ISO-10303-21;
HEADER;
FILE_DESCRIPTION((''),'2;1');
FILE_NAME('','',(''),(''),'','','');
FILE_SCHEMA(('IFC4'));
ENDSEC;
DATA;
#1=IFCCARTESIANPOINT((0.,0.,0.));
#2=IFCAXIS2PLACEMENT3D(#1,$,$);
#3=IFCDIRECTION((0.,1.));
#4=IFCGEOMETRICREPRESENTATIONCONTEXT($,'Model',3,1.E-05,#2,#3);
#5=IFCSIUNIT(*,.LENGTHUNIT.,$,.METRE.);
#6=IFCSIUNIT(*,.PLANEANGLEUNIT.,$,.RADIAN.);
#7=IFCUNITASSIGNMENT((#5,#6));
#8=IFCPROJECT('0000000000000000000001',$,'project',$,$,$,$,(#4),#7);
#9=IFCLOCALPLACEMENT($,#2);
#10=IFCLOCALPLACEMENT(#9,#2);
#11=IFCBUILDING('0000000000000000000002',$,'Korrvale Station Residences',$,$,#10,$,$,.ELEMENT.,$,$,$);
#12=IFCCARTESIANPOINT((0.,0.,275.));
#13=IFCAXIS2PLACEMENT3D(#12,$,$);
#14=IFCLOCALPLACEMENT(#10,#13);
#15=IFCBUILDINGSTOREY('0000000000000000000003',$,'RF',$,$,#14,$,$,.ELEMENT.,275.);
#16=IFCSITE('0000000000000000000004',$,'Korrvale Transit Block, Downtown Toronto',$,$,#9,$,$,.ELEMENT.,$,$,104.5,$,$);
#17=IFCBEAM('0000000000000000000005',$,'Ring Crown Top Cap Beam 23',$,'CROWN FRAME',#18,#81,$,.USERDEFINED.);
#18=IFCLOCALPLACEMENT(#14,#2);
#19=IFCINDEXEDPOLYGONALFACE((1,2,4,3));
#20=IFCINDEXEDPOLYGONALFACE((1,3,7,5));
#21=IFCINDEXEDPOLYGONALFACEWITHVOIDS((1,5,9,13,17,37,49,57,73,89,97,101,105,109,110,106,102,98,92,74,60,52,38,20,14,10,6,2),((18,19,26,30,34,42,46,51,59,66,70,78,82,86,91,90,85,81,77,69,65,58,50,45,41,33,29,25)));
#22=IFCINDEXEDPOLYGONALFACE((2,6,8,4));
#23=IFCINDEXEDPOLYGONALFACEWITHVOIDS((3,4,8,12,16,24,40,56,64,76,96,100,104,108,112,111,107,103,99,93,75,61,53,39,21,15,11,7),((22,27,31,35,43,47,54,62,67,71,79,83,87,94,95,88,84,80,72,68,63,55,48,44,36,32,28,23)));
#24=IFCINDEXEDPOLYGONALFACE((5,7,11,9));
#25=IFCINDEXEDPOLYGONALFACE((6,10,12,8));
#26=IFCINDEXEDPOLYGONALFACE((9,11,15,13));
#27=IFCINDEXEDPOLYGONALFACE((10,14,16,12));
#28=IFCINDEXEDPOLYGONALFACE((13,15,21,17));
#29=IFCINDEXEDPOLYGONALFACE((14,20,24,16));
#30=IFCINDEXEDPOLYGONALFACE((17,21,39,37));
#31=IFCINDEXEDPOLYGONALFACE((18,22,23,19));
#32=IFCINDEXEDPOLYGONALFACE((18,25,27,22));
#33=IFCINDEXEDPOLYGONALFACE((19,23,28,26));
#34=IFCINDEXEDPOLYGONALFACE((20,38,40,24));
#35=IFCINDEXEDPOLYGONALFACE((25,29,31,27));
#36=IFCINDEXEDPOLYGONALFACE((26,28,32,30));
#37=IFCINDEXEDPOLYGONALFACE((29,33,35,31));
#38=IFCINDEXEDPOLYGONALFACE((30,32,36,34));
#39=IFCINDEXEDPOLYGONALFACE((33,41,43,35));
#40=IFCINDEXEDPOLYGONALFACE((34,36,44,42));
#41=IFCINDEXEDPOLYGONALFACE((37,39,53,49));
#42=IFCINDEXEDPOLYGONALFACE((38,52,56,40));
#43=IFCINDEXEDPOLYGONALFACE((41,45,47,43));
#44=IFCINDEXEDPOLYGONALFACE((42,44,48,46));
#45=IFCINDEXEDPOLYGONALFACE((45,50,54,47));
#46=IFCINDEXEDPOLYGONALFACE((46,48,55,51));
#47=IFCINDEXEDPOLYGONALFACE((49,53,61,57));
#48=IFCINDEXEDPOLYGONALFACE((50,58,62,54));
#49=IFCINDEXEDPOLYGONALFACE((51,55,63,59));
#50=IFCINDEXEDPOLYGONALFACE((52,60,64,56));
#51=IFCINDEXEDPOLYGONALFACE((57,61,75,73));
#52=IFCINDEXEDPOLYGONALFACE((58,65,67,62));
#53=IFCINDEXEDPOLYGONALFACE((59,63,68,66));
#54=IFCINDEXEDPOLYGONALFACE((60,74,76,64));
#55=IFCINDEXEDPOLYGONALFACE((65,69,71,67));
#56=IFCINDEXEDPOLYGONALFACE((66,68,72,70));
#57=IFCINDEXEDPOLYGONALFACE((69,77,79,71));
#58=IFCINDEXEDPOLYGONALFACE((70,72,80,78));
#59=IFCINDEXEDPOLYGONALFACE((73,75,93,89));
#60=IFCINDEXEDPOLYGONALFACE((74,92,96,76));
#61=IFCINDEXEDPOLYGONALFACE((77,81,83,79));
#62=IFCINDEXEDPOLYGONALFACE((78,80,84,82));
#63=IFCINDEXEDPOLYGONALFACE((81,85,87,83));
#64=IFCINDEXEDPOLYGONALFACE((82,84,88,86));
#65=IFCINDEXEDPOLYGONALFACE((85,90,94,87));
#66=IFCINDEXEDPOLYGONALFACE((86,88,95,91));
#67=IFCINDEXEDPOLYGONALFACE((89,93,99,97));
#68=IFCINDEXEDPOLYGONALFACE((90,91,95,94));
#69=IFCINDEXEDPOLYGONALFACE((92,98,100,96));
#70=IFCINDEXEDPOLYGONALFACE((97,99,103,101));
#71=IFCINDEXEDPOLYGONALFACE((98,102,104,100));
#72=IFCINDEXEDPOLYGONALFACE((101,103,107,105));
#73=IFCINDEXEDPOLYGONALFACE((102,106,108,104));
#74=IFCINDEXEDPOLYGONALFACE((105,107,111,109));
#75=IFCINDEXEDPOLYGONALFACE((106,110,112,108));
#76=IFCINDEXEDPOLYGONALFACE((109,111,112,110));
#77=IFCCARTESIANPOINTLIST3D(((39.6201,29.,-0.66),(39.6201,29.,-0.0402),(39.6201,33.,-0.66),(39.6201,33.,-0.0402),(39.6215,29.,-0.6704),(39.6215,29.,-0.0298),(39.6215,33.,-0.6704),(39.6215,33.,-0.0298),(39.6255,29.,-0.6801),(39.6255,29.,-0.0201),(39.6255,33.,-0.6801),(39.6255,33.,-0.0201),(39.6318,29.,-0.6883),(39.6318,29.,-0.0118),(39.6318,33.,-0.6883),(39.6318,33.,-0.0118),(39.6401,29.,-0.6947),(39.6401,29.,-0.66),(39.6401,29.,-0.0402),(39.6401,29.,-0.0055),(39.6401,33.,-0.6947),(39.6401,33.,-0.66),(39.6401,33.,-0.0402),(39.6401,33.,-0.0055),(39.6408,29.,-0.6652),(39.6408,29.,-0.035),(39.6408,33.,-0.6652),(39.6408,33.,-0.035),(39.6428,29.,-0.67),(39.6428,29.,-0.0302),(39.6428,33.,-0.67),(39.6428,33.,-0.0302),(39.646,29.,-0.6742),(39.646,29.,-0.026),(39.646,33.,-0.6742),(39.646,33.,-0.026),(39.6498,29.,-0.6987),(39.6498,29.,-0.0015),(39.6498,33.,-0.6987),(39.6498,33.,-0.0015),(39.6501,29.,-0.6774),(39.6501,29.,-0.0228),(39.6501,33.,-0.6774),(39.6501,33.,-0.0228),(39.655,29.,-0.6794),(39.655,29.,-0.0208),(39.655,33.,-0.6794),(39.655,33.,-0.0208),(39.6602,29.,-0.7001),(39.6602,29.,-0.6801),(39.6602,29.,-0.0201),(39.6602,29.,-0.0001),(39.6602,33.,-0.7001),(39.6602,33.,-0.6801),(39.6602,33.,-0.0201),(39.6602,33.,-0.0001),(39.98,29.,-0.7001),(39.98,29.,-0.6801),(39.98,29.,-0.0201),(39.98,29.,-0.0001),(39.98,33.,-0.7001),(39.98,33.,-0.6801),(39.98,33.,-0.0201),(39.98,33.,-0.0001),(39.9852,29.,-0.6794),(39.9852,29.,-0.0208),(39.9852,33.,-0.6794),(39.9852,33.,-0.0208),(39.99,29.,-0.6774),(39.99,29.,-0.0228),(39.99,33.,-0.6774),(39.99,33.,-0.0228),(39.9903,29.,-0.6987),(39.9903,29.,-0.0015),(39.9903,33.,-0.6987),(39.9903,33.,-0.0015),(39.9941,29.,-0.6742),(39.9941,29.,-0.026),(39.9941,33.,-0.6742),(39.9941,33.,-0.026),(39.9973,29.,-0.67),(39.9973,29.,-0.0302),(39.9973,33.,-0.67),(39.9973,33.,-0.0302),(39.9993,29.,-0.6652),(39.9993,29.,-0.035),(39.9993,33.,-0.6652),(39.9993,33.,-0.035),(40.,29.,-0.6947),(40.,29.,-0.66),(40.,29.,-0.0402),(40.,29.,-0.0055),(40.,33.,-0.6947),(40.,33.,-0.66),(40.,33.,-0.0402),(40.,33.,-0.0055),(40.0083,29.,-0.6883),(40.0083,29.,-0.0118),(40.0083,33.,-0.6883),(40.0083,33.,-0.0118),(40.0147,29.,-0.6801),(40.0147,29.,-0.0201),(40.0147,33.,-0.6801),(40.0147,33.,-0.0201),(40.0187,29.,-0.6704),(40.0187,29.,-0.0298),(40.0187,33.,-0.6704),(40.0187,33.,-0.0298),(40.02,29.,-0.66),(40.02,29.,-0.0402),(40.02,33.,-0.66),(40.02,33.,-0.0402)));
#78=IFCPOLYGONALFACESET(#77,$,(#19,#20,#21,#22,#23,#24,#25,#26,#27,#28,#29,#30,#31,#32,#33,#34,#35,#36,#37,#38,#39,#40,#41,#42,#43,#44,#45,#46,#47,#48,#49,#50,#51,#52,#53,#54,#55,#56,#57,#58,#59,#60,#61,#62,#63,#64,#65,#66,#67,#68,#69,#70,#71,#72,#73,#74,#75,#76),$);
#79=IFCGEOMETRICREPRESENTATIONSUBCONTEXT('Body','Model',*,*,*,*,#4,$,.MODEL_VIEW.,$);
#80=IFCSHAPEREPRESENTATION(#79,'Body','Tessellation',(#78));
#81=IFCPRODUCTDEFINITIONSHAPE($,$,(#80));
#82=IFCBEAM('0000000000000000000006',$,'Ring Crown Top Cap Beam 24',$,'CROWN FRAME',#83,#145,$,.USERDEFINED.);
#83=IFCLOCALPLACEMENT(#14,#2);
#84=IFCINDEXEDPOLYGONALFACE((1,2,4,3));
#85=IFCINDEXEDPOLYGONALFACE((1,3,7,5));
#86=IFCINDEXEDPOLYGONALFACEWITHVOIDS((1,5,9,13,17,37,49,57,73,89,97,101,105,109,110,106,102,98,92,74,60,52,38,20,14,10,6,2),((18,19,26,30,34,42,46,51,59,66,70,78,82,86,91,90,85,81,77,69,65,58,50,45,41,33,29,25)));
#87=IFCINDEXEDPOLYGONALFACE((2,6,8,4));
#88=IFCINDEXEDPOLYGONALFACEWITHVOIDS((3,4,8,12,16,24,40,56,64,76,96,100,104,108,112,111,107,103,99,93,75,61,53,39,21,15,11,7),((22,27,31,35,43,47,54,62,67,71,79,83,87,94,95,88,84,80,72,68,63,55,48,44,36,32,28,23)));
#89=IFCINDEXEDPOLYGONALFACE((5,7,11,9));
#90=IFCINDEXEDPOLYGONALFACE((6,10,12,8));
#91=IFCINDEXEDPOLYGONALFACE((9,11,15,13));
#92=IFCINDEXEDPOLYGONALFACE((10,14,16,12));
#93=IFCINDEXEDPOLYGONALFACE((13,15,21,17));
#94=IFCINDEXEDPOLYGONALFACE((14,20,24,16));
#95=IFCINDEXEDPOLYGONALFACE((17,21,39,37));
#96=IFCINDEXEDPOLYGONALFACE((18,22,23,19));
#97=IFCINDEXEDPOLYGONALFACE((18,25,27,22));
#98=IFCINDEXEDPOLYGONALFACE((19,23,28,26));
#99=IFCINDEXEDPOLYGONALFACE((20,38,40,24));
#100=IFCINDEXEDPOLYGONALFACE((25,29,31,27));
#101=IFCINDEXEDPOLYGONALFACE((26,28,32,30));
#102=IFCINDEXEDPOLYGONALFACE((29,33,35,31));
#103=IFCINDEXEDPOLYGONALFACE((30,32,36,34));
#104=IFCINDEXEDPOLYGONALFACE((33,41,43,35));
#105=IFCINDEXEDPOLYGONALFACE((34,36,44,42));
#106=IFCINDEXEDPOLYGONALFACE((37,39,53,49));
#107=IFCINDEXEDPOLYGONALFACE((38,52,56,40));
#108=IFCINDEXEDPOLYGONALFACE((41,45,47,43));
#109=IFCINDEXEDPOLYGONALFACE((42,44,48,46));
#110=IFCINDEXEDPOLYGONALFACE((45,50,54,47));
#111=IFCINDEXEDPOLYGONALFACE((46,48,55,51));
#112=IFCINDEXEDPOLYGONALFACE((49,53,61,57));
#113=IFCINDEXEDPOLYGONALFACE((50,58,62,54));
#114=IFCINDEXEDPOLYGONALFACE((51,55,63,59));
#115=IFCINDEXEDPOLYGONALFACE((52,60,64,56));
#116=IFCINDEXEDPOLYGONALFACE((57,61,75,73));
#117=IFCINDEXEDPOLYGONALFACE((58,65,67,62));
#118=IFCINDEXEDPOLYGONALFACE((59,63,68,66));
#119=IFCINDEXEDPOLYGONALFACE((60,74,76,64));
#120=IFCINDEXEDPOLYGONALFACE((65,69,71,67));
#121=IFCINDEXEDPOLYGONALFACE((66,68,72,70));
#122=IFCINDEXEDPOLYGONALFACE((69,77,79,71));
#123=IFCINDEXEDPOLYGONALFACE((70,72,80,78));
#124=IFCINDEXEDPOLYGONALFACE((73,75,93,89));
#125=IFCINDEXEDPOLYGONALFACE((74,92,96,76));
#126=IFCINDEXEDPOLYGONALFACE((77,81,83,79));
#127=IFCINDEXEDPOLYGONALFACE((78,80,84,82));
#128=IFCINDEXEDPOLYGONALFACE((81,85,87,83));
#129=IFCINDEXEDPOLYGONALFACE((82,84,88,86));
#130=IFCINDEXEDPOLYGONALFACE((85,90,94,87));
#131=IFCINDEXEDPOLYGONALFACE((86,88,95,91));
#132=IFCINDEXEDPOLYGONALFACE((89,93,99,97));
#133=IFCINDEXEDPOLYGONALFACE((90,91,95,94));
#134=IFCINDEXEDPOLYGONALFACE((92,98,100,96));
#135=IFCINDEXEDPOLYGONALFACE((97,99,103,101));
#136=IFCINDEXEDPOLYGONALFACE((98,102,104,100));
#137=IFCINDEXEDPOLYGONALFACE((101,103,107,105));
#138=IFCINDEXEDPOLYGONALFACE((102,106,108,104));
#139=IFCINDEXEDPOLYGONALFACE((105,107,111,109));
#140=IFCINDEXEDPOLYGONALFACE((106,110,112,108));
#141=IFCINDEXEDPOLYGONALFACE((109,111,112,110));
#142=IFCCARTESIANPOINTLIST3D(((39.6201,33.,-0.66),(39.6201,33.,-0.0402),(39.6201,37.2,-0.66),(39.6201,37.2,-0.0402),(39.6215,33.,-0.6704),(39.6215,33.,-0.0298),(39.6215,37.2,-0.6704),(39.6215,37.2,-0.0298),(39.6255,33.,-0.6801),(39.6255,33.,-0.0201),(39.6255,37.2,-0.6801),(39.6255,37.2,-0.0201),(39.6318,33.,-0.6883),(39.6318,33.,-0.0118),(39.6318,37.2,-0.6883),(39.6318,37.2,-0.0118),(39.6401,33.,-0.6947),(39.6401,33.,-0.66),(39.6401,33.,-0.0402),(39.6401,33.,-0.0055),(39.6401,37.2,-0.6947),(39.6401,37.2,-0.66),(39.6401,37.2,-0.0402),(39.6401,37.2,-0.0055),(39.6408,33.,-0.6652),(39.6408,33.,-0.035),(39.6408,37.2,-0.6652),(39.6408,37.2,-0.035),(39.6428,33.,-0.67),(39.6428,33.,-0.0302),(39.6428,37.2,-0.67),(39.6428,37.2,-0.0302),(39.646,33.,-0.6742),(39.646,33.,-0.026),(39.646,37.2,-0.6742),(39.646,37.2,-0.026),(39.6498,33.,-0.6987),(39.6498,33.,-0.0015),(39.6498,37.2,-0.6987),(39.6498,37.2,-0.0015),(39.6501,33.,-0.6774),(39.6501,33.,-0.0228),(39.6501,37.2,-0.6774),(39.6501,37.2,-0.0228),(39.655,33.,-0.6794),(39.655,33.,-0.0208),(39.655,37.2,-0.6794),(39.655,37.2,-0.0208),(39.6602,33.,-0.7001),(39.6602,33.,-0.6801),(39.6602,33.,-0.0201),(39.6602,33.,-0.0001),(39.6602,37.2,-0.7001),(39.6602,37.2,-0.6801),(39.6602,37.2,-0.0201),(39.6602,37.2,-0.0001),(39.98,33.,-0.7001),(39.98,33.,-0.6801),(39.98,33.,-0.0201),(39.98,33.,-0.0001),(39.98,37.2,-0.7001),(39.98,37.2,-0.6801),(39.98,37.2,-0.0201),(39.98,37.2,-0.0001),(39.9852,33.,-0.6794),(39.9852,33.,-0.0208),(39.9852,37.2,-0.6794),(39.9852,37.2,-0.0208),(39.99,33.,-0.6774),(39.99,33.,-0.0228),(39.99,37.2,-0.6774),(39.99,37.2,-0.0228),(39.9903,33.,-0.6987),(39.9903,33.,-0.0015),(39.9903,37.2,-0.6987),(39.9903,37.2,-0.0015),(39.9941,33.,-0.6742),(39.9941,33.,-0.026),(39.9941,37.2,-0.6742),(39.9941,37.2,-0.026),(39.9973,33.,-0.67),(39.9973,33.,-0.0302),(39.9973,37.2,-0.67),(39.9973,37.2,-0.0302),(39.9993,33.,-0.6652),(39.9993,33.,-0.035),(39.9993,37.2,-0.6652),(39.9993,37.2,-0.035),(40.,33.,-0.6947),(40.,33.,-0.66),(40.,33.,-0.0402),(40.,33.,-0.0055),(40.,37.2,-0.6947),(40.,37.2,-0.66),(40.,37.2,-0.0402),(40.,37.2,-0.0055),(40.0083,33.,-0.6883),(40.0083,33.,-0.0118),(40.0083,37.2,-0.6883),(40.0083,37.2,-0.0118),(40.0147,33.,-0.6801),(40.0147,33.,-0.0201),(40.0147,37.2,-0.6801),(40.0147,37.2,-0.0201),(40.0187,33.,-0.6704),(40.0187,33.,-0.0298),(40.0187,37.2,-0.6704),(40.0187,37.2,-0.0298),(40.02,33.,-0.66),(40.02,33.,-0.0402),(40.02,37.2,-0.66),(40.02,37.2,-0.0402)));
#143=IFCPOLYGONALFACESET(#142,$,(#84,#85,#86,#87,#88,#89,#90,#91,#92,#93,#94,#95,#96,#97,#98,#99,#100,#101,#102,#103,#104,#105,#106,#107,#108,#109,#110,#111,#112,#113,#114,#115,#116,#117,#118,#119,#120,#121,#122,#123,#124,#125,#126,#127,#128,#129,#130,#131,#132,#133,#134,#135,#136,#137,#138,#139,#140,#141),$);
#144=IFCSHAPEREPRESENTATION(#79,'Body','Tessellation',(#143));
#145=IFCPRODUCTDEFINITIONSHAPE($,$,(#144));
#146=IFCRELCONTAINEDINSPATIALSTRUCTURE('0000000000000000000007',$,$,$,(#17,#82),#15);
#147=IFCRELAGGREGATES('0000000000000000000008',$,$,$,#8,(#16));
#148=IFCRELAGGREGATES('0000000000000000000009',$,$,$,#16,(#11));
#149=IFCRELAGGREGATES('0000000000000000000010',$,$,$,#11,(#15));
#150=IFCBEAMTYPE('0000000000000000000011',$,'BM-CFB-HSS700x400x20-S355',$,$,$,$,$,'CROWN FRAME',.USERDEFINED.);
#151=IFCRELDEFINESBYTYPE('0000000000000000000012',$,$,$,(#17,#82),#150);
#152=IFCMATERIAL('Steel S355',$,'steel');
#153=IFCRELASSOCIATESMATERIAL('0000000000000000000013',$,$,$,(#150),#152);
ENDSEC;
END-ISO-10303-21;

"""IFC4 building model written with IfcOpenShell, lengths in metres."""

from ifc_helpers import new_model, si_unit, direction, frame, origin, origin_2d, place, context, subcontext, project, spatial, hollow_rectangle, extrude, material, material_profile, profile_set, type_object, element, save


model = new_model("IFC4")

# Units and contexts
model_context = context("Model", 3, precision=1e-05, world=origin(), true_north=direction((0.0, 1.0)))
body_context = subcontext(model_context, "Body", "Model", "MODEL_VIEW")
ifc_project = project(units=[si_unit("LENGTHUNIT", "METRE"), si_unit("PLANEANGLEUNIT", "RADIAN")], contexts=[model_context])

# Site, building, storey
site_placement = place(None, origin())
site = spatial("IfcSite", under=ifc_project, at=site_placement, Name="Korrvale Transit Block, Downtown Toronto", CompositionType="ELEMENT", RefElevation=104.5)
building_placement = place(site_placement, origin())
building = spatial("IfcBuilding", under=site, at=building_placement, Name="Korrvale Station Residences", CompositionType="ELEMENT")
storey_placement = place(building_placement, frame((0.0, 0.0, 275.0)))
storey = spatial("IfcBuildingStorey", under=building, at=storey_placement, Name="RF", CompositionType="ELEMENT", Elevation=275.0)

# Beams
ifc_material_1 = material(Name="Steel S355", Category="steel")
ifc_material_profile = material_profile(ifc_material_1, hollow_rectangle(XDim=0.3999, YDim=0.7, WallThickness=0.02, InnerFilletRadius=0.02, OuterFilletRadius=0.04, at=origin_2d()), Name="HSS700x400x20")
ifc_profile_set = profile_set([ifc_material_profile], Name="Steel S355")
beam_type = type_object("IfcBeamType", Name="BM-CFB-HSS700x400x20-S355", ElementType="CROWN FRAME", PredefinedType="USERDEFINED", material=ifc_profile_set)
beam_1_placement = place(storey_placement, frame((39.8201, 29.0, -0.3501), z_axis=(0.0, 1.0, 0.0), x_axis=(-1.0, 0.0, 0.0)))
element("IfcBeam", 1, at=beam_1_placement, inside=storey, type_object=beam_type, Name="Ring Crown Top Cap Beam 23", ObjectType="CROWN FRAME", PredefinedType="USERDEFINED", context=body_context, shape_type="SweptSolid", body=[
    extrude(hollow_rectangle(XDim=0.3999, YDim=0.7, WallThickness=0.02, InnerFilletRadius=0.02, OuterFilletRadius=0.04, at=origin_2d()), origin(), (0.0, 0.0, 1.0), 4.0),
])
beam_2_placement = place(storey_placement, frame((39.8201, 33.0, -0.3501), z_axis=(0.0, 1.0, 0.0), x_axis=(-1.0, 0.0, 0.0)))
element("IfcBeam", 2, at=beam_2_placement, inside=storey, type_object=beam_type, Name="Ring Crown Top Cap Beam 24", ObjectType="CROWN FRAME", PredefinedType="USERDEFINED", context=body_context, shape_type="SweptSolid", body=[
    extrude(hollow_rectangle(XDim=0.3999, YDim=0.7, WallThickness=0.02, InnerFilletRadius=0.02, OuterFilletRadius=0.04, at=origin_2d()), origin(), (0.0, 0.0, 1.0), 4.2),
])

save(model, "model.ifc")
